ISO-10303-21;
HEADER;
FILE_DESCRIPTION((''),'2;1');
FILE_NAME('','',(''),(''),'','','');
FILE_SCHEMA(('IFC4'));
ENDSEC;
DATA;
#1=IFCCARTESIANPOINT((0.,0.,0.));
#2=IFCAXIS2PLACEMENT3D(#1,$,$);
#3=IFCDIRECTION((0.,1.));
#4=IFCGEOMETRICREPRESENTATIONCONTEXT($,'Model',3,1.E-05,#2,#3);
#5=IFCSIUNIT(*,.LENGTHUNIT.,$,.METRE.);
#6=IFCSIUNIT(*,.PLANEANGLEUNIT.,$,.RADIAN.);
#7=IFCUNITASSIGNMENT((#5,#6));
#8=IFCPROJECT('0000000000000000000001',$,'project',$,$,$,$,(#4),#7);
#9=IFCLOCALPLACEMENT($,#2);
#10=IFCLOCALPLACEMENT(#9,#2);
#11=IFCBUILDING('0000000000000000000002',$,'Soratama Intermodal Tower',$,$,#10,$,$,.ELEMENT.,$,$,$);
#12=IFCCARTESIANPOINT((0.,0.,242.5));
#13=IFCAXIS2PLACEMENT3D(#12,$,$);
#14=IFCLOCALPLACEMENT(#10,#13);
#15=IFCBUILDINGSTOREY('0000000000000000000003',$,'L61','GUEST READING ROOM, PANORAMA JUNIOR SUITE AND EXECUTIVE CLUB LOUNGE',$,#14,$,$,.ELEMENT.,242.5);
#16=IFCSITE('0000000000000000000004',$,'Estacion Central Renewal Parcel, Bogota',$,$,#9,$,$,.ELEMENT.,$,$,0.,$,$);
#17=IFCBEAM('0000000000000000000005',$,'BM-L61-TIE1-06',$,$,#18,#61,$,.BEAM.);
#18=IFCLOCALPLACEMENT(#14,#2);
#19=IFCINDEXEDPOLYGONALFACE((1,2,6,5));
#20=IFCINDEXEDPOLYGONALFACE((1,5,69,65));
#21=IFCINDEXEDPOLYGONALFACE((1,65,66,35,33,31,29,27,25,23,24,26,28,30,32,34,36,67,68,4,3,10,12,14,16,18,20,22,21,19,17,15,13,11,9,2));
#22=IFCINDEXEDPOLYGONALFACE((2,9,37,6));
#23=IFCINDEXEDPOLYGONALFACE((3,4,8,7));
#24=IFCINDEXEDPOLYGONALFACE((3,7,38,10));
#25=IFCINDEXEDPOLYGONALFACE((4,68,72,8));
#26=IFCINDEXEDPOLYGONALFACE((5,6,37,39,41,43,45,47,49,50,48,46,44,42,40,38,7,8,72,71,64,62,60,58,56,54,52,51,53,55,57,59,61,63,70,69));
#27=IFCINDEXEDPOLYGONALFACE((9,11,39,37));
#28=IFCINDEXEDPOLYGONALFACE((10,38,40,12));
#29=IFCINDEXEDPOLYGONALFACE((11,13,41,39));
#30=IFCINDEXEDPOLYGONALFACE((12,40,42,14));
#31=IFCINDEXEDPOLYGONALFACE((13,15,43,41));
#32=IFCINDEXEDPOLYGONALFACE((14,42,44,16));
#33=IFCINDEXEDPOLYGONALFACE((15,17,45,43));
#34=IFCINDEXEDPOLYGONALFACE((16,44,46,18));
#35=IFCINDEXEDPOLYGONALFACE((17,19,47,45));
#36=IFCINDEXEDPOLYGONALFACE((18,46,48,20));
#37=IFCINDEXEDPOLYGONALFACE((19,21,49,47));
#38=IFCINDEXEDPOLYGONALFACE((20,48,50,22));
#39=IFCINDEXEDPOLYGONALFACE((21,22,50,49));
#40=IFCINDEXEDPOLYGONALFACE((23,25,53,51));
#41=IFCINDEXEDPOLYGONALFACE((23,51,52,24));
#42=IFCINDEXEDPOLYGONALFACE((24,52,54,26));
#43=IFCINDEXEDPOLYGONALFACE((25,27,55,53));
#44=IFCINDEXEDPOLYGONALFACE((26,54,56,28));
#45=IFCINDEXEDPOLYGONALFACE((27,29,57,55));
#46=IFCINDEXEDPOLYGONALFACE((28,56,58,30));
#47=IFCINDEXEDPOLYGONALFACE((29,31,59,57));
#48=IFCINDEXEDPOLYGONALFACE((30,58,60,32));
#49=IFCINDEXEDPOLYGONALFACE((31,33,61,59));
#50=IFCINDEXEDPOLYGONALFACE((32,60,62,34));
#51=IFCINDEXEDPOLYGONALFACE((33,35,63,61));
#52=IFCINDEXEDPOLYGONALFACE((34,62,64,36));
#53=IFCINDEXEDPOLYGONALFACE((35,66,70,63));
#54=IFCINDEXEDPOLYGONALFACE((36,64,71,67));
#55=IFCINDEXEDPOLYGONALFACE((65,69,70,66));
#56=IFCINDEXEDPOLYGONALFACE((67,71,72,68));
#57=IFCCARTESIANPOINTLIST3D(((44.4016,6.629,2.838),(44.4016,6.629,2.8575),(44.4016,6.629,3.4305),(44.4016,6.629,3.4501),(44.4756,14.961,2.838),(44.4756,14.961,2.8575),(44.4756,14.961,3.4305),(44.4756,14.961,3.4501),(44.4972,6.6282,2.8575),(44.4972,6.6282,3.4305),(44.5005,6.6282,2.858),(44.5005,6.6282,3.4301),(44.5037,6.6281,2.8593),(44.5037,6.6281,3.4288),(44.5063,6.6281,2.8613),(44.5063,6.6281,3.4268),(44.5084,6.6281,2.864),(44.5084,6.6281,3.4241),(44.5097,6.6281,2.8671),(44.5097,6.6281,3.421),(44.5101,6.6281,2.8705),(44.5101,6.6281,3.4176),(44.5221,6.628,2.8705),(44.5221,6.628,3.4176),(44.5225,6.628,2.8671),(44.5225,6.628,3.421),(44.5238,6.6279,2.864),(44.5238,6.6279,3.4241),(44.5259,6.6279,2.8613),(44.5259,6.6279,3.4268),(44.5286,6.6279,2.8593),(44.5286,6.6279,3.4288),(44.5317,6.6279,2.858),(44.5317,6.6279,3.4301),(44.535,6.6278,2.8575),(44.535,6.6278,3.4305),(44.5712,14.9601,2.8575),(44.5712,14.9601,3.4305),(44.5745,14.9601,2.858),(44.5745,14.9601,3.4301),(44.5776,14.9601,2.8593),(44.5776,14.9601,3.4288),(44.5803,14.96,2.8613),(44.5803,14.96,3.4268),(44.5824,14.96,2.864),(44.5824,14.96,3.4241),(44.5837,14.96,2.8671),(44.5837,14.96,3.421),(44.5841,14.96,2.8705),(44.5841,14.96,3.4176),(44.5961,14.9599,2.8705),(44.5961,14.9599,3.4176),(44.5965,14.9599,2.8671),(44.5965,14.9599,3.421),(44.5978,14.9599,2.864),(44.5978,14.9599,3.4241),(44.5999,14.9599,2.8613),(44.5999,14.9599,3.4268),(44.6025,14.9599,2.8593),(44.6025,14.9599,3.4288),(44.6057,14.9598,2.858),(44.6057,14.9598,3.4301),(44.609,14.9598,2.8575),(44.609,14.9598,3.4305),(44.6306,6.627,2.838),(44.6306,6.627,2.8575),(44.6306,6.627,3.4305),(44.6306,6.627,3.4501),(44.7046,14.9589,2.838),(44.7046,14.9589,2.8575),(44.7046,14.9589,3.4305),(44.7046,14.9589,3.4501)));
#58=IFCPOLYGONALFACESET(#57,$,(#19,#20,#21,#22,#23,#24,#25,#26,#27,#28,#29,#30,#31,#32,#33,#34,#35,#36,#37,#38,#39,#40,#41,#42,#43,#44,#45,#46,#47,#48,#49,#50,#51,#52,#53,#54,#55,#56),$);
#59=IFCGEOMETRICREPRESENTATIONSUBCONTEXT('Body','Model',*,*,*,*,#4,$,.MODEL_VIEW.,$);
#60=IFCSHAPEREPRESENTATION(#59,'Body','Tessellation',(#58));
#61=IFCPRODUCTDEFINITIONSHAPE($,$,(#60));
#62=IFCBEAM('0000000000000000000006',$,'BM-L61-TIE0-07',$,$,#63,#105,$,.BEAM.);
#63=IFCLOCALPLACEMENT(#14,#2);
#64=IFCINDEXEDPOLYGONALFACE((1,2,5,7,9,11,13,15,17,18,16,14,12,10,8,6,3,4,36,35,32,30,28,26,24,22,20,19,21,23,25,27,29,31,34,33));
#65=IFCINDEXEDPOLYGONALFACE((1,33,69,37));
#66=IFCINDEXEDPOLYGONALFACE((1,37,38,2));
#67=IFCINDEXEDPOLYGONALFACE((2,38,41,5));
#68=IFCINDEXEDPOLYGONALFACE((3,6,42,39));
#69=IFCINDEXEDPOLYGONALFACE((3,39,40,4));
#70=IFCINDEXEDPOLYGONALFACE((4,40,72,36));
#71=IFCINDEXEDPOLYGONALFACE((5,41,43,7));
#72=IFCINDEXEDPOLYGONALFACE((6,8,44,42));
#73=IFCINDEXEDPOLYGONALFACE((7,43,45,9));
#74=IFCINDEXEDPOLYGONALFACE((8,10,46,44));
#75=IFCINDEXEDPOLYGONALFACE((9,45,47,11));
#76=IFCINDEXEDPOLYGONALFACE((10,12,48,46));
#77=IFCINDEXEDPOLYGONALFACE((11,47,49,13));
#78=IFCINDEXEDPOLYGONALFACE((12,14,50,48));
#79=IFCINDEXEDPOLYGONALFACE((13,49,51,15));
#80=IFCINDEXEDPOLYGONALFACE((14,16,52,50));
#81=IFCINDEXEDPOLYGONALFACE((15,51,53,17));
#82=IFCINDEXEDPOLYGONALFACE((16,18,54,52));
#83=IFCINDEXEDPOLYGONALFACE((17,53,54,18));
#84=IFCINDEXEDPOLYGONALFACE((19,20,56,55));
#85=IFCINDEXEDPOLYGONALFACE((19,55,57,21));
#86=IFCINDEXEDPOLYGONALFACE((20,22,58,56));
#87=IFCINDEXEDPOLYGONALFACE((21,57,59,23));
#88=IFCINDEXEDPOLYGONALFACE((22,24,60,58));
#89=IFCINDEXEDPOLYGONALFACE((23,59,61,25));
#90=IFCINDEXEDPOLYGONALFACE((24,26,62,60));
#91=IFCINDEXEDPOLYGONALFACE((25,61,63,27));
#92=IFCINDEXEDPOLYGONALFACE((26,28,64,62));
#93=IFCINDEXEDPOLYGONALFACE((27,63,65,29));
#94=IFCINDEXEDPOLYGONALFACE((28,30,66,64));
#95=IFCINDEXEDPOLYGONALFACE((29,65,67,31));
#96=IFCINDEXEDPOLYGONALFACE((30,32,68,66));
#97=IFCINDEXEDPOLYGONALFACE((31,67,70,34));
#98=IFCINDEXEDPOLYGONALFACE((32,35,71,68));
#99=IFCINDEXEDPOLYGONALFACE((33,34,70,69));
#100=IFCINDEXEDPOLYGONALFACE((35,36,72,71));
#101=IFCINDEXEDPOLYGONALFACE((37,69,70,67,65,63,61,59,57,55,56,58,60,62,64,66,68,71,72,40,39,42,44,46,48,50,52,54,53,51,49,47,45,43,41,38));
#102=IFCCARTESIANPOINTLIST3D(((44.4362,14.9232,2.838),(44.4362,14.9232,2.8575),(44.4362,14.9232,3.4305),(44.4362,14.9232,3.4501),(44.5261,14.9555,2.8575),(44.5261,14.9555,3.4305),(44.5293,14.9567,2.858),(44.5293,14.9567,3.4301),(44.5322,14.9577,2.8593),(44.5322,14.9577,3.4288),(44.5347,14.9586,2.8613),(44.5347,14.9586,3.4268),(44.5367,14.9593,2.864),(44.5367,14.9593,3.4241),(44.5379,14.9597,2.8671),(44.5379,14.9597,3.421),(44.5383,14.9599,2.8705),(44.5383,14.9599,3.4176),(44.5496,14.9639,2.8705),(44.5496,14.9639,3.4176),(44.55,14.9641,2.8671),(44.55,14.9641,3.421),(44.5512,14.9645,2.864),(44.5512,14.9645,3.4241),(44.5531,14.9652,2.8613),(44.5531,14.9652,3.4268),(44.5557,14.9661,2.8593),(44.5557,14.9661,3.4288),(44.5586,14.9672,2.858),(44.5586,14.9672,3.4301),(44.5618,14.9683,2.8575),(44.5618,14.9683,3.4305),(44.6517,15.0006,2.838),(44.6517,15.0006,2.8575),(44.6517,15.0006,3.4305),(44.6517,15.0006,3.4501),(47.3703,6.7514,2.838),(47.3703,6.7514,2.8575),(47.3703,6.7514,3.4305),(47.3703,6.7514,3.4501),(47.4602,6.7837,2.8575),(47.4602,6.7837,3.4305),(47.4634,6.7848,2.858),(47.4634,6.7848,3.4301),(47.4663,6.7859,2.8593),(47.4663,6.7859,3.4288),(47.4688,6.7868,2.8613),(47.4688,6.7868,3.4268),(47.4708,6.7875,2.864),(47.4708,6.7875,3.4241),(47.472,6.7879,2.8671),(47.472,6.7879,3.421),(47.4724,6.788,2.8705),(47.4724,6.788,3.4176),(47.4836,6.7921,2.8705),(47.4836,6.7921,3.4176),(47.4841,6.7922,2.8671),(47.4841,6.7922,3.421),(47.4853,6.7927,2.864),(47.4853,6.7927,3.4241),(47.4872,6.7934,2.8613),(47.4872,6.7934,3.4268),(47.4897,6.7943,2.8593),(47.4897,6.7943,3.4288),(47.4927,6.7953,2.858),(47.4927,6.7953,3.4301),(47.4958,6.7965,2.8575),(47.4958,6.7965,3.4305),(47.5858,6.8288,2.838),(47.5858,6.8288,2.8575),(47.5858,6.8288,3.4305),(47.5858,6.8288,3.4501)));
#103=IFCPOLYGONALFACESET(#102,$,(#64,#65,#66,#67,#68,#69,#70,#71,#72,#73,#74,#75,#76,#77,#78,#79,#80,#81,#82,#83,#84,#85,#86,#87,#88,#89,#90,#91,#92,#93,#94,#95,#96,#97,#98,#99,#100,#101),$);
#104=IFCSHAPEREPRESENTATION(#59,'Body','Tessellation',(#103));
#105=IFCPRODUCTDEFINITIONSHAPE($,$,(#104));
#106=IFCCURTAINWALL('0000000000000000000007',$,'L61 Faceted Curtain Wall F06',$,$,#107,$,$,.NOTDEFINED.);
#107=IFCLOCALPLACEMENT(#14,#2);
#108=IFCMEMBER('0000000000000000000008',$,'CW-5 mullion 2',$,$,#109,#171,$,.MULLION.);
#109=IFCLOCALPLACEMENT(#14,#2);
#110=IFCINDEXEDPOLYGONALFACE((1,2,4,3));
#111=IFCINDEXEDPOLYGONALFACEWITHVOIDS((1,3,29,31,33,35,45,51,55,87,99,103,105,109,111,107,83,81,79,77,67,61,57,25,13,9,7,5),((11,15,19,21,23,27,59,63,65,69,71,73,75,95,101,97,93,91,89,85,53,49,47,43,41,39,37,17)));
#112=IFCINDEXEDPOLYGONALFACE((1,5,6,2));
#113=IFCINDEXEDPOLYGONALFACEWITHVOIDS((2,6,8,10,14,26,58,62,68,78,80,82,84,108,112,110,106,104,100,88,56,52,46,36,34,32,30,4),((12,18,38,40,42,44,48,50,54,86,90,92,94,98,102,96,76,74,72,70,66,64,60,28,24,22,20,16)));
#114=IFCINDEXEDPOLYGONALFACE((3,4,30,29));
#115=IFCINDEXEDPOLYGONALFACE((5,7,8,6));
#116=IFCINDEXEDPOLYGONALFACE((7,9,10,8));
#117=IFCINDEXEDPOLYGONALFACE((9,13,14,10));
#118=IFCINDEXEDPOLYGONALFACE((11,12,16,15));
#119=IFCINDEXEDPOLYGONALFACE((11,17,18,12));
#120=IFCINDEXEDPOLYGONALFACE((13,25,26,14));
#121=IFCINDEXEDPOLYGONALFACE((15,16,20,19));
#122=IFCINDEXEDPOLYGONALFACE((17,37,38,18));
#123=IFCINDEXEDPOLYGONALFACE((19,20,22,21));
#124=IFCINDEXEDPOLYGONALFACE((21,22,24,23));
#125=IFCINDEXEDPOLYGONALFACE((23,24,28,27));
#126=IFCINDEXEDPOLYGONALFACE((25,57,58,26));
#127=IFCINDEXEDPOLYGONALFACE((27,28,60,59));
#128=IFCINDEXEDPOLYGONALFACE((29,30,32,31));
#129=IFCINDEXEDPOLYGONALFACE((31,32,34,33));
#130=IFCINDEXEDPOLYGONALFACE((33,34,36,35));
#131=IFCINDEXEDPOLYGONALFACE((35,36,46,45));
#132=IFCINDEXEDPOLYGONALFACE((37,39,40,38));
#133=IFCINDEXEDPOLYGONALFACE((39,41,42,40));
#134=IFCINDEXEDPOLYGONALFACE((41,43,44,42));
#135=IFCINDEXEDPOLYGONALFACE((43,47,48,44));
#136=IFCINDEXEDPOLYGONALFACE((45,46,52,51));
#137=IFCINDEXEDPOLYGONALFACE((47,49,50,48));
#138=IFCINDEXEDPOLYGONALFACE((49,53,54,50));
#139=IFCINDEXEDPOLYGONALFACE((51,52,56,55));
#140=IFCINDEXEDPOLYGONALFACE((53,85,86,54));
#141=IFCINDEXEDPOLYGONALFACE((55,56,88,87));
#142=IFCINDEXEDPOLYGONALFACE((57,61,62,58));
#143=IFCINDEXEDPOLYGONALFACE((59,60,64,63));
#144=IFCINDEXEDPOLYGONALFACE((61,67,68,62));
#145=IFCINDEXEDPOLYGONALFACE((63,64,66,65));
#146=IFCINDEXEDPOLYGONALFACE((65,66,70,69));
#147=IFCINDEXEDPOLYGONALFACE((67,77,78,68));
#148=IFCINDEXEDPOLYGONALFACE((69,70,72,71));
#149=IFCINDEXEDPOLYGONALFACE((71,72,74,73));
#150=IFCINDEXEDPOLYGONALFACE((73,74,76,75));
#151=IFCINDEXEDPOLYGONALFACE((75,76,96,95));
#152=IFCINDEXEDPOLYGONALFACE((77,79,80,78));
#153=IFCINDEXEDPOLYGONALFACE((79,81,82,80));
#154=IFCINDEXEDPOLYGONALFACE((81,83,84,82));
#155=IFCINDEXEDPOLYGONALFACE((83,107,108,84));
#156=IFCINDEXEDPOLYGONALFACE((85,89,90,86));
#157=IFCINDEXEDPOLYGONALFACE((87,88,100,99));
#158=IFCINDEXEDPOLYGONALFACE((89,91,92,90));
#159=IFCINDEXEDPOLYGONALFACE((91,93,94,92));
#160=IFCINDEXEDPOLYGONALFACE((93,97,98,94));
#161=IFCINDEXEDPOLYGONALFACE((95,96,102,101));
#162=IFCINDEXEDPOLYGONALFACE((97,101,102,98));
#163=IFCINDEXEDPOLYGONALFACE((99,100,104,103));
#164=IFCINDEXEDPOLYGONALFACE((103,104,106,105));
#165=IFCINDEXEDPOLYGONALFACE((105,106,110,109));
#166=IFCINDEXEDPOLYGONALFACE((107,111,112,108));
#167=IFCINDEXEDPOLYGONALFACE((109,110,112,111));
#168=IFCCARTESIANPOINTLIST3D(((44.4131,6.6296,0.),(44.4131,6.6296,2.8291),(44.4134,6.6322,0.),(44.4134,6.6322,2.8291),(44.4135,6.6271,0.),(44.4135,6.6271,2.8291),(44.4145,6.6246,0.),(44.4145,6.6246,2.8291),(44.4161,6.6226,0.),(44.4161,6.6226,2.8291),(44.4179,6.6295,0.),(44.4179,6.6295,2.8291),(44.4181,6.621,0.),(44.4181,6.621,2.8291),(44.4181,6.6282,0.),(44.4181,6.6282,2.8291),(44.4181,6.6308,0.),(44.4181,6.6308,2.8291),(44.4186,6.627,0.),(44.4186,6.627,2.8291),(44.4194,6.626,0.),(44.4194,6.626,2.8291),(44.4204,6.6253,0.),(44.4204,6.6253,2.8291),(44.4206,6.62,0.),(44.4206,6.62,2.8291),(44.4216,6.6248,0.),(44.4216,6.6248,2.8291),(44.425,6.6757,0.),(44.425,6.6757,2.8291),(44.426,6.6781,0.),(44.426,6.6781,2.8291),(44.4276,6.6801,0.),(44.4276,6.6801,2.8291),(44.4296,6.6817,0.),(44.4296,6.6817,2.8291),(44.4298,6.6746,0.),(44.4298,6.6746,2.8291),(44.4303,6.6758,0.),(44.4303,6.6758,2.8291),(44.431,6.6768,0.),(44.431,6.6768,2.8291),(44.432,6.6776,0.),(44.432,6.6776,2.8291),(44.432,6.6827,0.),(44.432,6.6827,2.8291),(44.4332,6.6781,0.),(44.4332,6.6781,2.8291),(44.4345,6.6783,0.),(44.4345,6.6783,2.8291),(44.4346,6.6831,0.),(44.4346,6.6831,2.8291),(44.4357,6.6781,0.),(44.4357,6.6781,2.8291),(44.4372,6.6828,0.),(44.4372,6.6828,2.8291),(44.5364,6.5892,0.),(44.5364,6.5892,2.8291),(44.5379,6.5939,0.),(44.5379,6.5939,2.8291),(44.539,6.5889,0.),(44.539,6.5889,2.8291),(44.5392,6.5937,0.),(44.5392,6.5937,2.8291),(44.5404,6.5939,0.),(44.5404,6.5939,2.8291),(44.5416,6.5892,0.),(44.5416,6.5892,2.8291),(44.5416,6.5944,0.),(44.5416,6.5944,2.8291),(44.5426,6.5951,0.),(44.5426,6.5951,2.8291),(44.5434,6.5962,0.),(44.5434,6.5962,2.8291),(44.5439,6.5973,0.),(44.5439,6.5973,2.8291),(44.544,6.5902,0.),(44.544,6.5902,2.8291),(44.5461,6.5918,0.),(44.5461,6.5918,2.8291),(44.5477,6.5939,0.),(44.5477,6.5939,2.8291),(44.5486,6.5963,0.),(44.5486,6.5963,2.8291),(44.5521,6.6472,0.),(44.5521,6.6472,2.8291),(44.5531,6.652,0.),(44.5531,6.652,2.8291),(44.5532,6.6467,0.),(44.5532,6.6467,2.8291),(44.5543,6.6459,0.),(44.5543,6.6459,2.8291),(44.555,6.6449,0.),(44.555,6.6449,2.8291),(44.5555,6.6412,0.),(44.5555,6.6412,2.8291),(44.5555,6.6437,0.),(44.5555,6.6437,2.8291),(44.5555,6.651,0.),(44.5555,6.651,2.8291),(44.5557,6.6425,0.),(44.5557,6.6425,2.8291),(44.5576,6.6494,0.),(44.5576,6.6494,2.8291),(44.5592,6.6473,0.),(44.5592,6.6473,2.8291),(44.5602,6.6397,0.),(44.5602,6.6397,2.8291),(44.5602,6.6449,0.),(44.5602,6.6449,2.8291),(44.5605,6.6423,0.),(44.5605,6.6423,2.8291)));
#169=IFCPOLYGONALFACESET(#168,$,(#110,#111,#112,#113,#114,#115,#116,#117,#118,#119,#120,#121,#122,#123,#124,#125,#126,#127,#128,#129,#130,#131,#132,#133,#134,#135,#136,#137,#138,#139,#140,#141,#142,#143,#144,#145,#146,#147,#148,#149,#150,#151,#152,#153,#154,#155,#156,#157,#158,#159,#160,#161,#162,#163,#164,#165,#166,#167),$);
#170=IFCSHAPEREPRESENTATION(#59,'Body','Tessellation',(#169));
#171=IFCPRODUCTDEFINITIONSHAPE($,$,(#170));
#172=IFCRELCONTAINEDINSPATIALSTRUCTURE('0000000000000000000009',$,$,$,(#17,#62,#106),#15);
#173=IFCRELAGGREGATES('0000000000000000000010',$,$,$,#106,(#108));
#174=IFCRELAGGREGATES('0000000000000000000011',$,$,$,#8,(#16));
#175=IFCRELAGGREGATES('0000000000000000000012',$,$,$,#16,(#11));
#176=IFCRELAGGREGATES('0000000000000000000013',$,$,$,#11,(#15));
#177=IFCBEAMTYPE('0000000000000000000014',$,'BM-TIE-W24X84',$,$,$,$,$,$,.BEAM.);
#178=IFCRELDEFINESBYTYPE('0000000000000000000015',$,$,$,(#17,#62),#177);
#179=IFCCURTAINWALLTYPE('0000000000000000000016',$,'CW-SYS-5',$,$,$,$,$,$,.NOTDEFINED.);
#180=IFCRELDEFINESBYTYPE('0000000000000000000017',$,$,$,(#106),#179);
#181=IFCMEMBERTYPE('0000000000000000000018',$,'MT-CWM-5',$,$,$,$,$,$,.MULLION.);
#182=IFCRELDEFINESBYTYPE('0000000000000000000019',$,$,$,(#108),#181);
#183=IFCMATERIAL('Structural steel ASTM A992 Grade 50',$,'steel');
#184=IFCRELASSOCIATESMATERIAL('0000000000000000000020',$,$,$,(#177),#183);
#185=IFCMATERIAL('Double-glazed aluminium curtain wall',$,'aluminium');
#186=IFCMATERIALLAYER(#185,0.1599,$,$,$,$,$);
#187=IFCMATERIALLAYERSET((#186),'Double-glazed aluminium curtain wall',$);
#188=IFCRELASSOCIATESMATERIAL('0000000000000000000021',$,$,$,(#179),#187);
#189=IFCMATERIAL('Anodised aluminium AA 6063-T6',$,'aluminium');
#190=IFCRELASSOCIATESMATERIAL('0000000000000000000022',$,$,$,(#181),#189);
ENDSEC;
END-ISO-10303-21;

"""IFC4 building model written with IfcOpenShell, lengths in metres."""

from ifc_helpers import new_model, si_unit, direction, frame, origin, origin_2d, place, context, subcontext, project, spatial, hollow_rectangle, i_section, extrude, material, layer, layer_set, material_profile, profile_set, type_object, element, aggregate, save


model = new_model("IFC4")

# Units and contexts
model_context = context("Model", 3, precision=1e-05, world=origin(), true_north=direction((0.0, 1.0)))
body_context = subcontext(model_context, "Body", "Model", "MODEL_VIEW")
ifc_project = project(units=[si_unit("LENGTHUNIT", "METRE"), si_unit("PLANEANGLEUNIT", "RADIAN")], contexts=[model_context])

# Site, building, storey
site_placement = place(None, origin())
site = spatial("IfcSite", under=ifc_project, at=site_placement, Name="Estacion Central Renewal Parcel, Bogota", CompositionType="ELEMENT", RefElevation=0.0)
building_placement = place(site_placement, origin())
building = spatial("IfcBuilding", under=site, at=building_placement, Name="Soratama Intermodal Tower", CompositionType="ELEMENT")
storey_placement = place(building_placement, frame((0.0, 0.0, 242.5)))
storey = spatial("IfcBuildingStorey", under=building, at=storey_placement, Name="L61", Description="GUEST READING ROOM, PANORAMA JUNIOR SUITE AND EXECUTIVE CLUB LOUNGE", CompositionType="ELEMENT", Elevation=242.5)

# Beams
ifc_material_1 = material(Name="Structural steel ASTM A992 Grade 50", Category="steel")
ifc_material_profile_1 = material_profile(ifc_material_1, i_section(OverallWidth=0.229, OverallDepth=0.6121, WebThickness=0.012, FlangeThickness=0.0195, FilletRadius=0.0129, at=origin_2d()), Name="W24X84")
ifc_profile_set_1 = profile_set([ifc_material_profile_1], Name="Structural steel ASTM A992 Grade 50")
beam_type_1 = type_object("IfcBeamType", Name="BM-TIE-W24X84", PredefinedType="BEAM", material=ifc_profile_set_1)
beam_1_placement = place(storey_placement, frame((44.5901, 14.96, 3.144), z_axis=(-0.008878, -0.999961, 0.0), x_axis=(0.999961, -0.008878, 0.0)))
element("IfcBeam", 1, at=beam_1_placement, inside=storey, type_object=beam_type_1, Name="BM-L61-TIE1-06", PredefinedType="BEAM", context=body_context, shape_type="SweptSolid", body=[
    extrude(i_section(OverallWidth=0.229, OverallDepth=0.6121, WebThickness=0.012, FlangeThickness=0.0195, FilletRadius=0.0129, at=origin_2d()), origin(), (0.0, 0.0, 1.0), 8.3323),
])
beam_2_placement = place(storey_placement, frame((44.5439, 14.9619, 3.144), z_axis=(0.337925, -0.941173, 0.0), x_axis=(0.941173, 0.337925, 0.0)))
element("IfcBeam", 2, at=beam_2_placement, inside=storey, type_object=beam_type_1, Name="BM-L61-TIE0-07", PredefinedType="BEAM", context=body_context, shape_type="SweptSolid", body=[
    extrude(i_section(OverallWidth=0.229, OverallDepth=0.6121, WebThickness=0.012, FlangeThickness=0.0195, FilletRadius=0.0129, at=origin_2d()), origin(), (0.0, 0.0, 1.0), 8.6826),
])

# Curtain wall, member
ifc_material_2 = material(Name="Double-glazed aluminium curtain wall", Category="aluminium")
ifc_layer_1 = layer(ifc_material_2, 0.1599)
ifc_layer_set_1 = layer_set([ifc_layer_1], Name="Double-glazed aluminium curtain wall")
curtain_wall_type = type_object("IfcCurtainWallType", Name="CW-SYS-5", PredefinedType="NOTDEFINED", material=ifc_layer_set_1)
curtain_wall_1_placement = place(storey_placement, origin())
curtain_wall_1 = element("IfcCurtainWall", 3, at=curtain_wall_1_placement, inside=storey, type_object=curtain_wall_type, Name="L61 Faceted Curtain Wall F06", PredefinedType="NOTDEFINED")
ifc_material_3 = material(Name="Anodised aluminium AA 6063-T6", Category="aluminium")
ifc_material_profile_2 = material_profile(ifc_material_3, hollow_rectangle(XDim=0.0649, YDim=0.1399, WallThickness=0.0049, InnerFilletRadius=0.0049, OuterFilletRadius=0.01, at=origin_2d()), Name="CWM140X65X5")
ifc_profile_set_2 = profile_set([ifc_material_profile_2], Name="Anodised aluminium AA 6063-T6")
member_type_1 = type_object("IfcMemberType", Name="MT-CWM-5", PredefinedType="MULLION", material=ifc_profile_set_2)
member_1_placement = place(storey_placement, frame((44.4868, 6.636, 0.0), z_axis=(0.0, 0.0, 1.0), x_axis=(0.256793, 0.966466, 0.0)))
member_1 = element("IfcMember", 4, at=member_1_placement, type_object=member_type_1, Name="CW-5 mullion 2", PredefinedType="MULLION", context=body_context, shape_type="SweptSolid", body=[
    extrude(hollow_rectangle(XDim=0.0649, YDim=0.1399, WallThickness=0.0049, InnerFilletRadius=0.0049, OuterFilletRadius=0.01, at=origin_2d()), origin(), (0.0, 0.0, 1.0), 2.8291),
])
aggregate(curtain_wall_1, [member_1])

save(model, "model.ifc")
